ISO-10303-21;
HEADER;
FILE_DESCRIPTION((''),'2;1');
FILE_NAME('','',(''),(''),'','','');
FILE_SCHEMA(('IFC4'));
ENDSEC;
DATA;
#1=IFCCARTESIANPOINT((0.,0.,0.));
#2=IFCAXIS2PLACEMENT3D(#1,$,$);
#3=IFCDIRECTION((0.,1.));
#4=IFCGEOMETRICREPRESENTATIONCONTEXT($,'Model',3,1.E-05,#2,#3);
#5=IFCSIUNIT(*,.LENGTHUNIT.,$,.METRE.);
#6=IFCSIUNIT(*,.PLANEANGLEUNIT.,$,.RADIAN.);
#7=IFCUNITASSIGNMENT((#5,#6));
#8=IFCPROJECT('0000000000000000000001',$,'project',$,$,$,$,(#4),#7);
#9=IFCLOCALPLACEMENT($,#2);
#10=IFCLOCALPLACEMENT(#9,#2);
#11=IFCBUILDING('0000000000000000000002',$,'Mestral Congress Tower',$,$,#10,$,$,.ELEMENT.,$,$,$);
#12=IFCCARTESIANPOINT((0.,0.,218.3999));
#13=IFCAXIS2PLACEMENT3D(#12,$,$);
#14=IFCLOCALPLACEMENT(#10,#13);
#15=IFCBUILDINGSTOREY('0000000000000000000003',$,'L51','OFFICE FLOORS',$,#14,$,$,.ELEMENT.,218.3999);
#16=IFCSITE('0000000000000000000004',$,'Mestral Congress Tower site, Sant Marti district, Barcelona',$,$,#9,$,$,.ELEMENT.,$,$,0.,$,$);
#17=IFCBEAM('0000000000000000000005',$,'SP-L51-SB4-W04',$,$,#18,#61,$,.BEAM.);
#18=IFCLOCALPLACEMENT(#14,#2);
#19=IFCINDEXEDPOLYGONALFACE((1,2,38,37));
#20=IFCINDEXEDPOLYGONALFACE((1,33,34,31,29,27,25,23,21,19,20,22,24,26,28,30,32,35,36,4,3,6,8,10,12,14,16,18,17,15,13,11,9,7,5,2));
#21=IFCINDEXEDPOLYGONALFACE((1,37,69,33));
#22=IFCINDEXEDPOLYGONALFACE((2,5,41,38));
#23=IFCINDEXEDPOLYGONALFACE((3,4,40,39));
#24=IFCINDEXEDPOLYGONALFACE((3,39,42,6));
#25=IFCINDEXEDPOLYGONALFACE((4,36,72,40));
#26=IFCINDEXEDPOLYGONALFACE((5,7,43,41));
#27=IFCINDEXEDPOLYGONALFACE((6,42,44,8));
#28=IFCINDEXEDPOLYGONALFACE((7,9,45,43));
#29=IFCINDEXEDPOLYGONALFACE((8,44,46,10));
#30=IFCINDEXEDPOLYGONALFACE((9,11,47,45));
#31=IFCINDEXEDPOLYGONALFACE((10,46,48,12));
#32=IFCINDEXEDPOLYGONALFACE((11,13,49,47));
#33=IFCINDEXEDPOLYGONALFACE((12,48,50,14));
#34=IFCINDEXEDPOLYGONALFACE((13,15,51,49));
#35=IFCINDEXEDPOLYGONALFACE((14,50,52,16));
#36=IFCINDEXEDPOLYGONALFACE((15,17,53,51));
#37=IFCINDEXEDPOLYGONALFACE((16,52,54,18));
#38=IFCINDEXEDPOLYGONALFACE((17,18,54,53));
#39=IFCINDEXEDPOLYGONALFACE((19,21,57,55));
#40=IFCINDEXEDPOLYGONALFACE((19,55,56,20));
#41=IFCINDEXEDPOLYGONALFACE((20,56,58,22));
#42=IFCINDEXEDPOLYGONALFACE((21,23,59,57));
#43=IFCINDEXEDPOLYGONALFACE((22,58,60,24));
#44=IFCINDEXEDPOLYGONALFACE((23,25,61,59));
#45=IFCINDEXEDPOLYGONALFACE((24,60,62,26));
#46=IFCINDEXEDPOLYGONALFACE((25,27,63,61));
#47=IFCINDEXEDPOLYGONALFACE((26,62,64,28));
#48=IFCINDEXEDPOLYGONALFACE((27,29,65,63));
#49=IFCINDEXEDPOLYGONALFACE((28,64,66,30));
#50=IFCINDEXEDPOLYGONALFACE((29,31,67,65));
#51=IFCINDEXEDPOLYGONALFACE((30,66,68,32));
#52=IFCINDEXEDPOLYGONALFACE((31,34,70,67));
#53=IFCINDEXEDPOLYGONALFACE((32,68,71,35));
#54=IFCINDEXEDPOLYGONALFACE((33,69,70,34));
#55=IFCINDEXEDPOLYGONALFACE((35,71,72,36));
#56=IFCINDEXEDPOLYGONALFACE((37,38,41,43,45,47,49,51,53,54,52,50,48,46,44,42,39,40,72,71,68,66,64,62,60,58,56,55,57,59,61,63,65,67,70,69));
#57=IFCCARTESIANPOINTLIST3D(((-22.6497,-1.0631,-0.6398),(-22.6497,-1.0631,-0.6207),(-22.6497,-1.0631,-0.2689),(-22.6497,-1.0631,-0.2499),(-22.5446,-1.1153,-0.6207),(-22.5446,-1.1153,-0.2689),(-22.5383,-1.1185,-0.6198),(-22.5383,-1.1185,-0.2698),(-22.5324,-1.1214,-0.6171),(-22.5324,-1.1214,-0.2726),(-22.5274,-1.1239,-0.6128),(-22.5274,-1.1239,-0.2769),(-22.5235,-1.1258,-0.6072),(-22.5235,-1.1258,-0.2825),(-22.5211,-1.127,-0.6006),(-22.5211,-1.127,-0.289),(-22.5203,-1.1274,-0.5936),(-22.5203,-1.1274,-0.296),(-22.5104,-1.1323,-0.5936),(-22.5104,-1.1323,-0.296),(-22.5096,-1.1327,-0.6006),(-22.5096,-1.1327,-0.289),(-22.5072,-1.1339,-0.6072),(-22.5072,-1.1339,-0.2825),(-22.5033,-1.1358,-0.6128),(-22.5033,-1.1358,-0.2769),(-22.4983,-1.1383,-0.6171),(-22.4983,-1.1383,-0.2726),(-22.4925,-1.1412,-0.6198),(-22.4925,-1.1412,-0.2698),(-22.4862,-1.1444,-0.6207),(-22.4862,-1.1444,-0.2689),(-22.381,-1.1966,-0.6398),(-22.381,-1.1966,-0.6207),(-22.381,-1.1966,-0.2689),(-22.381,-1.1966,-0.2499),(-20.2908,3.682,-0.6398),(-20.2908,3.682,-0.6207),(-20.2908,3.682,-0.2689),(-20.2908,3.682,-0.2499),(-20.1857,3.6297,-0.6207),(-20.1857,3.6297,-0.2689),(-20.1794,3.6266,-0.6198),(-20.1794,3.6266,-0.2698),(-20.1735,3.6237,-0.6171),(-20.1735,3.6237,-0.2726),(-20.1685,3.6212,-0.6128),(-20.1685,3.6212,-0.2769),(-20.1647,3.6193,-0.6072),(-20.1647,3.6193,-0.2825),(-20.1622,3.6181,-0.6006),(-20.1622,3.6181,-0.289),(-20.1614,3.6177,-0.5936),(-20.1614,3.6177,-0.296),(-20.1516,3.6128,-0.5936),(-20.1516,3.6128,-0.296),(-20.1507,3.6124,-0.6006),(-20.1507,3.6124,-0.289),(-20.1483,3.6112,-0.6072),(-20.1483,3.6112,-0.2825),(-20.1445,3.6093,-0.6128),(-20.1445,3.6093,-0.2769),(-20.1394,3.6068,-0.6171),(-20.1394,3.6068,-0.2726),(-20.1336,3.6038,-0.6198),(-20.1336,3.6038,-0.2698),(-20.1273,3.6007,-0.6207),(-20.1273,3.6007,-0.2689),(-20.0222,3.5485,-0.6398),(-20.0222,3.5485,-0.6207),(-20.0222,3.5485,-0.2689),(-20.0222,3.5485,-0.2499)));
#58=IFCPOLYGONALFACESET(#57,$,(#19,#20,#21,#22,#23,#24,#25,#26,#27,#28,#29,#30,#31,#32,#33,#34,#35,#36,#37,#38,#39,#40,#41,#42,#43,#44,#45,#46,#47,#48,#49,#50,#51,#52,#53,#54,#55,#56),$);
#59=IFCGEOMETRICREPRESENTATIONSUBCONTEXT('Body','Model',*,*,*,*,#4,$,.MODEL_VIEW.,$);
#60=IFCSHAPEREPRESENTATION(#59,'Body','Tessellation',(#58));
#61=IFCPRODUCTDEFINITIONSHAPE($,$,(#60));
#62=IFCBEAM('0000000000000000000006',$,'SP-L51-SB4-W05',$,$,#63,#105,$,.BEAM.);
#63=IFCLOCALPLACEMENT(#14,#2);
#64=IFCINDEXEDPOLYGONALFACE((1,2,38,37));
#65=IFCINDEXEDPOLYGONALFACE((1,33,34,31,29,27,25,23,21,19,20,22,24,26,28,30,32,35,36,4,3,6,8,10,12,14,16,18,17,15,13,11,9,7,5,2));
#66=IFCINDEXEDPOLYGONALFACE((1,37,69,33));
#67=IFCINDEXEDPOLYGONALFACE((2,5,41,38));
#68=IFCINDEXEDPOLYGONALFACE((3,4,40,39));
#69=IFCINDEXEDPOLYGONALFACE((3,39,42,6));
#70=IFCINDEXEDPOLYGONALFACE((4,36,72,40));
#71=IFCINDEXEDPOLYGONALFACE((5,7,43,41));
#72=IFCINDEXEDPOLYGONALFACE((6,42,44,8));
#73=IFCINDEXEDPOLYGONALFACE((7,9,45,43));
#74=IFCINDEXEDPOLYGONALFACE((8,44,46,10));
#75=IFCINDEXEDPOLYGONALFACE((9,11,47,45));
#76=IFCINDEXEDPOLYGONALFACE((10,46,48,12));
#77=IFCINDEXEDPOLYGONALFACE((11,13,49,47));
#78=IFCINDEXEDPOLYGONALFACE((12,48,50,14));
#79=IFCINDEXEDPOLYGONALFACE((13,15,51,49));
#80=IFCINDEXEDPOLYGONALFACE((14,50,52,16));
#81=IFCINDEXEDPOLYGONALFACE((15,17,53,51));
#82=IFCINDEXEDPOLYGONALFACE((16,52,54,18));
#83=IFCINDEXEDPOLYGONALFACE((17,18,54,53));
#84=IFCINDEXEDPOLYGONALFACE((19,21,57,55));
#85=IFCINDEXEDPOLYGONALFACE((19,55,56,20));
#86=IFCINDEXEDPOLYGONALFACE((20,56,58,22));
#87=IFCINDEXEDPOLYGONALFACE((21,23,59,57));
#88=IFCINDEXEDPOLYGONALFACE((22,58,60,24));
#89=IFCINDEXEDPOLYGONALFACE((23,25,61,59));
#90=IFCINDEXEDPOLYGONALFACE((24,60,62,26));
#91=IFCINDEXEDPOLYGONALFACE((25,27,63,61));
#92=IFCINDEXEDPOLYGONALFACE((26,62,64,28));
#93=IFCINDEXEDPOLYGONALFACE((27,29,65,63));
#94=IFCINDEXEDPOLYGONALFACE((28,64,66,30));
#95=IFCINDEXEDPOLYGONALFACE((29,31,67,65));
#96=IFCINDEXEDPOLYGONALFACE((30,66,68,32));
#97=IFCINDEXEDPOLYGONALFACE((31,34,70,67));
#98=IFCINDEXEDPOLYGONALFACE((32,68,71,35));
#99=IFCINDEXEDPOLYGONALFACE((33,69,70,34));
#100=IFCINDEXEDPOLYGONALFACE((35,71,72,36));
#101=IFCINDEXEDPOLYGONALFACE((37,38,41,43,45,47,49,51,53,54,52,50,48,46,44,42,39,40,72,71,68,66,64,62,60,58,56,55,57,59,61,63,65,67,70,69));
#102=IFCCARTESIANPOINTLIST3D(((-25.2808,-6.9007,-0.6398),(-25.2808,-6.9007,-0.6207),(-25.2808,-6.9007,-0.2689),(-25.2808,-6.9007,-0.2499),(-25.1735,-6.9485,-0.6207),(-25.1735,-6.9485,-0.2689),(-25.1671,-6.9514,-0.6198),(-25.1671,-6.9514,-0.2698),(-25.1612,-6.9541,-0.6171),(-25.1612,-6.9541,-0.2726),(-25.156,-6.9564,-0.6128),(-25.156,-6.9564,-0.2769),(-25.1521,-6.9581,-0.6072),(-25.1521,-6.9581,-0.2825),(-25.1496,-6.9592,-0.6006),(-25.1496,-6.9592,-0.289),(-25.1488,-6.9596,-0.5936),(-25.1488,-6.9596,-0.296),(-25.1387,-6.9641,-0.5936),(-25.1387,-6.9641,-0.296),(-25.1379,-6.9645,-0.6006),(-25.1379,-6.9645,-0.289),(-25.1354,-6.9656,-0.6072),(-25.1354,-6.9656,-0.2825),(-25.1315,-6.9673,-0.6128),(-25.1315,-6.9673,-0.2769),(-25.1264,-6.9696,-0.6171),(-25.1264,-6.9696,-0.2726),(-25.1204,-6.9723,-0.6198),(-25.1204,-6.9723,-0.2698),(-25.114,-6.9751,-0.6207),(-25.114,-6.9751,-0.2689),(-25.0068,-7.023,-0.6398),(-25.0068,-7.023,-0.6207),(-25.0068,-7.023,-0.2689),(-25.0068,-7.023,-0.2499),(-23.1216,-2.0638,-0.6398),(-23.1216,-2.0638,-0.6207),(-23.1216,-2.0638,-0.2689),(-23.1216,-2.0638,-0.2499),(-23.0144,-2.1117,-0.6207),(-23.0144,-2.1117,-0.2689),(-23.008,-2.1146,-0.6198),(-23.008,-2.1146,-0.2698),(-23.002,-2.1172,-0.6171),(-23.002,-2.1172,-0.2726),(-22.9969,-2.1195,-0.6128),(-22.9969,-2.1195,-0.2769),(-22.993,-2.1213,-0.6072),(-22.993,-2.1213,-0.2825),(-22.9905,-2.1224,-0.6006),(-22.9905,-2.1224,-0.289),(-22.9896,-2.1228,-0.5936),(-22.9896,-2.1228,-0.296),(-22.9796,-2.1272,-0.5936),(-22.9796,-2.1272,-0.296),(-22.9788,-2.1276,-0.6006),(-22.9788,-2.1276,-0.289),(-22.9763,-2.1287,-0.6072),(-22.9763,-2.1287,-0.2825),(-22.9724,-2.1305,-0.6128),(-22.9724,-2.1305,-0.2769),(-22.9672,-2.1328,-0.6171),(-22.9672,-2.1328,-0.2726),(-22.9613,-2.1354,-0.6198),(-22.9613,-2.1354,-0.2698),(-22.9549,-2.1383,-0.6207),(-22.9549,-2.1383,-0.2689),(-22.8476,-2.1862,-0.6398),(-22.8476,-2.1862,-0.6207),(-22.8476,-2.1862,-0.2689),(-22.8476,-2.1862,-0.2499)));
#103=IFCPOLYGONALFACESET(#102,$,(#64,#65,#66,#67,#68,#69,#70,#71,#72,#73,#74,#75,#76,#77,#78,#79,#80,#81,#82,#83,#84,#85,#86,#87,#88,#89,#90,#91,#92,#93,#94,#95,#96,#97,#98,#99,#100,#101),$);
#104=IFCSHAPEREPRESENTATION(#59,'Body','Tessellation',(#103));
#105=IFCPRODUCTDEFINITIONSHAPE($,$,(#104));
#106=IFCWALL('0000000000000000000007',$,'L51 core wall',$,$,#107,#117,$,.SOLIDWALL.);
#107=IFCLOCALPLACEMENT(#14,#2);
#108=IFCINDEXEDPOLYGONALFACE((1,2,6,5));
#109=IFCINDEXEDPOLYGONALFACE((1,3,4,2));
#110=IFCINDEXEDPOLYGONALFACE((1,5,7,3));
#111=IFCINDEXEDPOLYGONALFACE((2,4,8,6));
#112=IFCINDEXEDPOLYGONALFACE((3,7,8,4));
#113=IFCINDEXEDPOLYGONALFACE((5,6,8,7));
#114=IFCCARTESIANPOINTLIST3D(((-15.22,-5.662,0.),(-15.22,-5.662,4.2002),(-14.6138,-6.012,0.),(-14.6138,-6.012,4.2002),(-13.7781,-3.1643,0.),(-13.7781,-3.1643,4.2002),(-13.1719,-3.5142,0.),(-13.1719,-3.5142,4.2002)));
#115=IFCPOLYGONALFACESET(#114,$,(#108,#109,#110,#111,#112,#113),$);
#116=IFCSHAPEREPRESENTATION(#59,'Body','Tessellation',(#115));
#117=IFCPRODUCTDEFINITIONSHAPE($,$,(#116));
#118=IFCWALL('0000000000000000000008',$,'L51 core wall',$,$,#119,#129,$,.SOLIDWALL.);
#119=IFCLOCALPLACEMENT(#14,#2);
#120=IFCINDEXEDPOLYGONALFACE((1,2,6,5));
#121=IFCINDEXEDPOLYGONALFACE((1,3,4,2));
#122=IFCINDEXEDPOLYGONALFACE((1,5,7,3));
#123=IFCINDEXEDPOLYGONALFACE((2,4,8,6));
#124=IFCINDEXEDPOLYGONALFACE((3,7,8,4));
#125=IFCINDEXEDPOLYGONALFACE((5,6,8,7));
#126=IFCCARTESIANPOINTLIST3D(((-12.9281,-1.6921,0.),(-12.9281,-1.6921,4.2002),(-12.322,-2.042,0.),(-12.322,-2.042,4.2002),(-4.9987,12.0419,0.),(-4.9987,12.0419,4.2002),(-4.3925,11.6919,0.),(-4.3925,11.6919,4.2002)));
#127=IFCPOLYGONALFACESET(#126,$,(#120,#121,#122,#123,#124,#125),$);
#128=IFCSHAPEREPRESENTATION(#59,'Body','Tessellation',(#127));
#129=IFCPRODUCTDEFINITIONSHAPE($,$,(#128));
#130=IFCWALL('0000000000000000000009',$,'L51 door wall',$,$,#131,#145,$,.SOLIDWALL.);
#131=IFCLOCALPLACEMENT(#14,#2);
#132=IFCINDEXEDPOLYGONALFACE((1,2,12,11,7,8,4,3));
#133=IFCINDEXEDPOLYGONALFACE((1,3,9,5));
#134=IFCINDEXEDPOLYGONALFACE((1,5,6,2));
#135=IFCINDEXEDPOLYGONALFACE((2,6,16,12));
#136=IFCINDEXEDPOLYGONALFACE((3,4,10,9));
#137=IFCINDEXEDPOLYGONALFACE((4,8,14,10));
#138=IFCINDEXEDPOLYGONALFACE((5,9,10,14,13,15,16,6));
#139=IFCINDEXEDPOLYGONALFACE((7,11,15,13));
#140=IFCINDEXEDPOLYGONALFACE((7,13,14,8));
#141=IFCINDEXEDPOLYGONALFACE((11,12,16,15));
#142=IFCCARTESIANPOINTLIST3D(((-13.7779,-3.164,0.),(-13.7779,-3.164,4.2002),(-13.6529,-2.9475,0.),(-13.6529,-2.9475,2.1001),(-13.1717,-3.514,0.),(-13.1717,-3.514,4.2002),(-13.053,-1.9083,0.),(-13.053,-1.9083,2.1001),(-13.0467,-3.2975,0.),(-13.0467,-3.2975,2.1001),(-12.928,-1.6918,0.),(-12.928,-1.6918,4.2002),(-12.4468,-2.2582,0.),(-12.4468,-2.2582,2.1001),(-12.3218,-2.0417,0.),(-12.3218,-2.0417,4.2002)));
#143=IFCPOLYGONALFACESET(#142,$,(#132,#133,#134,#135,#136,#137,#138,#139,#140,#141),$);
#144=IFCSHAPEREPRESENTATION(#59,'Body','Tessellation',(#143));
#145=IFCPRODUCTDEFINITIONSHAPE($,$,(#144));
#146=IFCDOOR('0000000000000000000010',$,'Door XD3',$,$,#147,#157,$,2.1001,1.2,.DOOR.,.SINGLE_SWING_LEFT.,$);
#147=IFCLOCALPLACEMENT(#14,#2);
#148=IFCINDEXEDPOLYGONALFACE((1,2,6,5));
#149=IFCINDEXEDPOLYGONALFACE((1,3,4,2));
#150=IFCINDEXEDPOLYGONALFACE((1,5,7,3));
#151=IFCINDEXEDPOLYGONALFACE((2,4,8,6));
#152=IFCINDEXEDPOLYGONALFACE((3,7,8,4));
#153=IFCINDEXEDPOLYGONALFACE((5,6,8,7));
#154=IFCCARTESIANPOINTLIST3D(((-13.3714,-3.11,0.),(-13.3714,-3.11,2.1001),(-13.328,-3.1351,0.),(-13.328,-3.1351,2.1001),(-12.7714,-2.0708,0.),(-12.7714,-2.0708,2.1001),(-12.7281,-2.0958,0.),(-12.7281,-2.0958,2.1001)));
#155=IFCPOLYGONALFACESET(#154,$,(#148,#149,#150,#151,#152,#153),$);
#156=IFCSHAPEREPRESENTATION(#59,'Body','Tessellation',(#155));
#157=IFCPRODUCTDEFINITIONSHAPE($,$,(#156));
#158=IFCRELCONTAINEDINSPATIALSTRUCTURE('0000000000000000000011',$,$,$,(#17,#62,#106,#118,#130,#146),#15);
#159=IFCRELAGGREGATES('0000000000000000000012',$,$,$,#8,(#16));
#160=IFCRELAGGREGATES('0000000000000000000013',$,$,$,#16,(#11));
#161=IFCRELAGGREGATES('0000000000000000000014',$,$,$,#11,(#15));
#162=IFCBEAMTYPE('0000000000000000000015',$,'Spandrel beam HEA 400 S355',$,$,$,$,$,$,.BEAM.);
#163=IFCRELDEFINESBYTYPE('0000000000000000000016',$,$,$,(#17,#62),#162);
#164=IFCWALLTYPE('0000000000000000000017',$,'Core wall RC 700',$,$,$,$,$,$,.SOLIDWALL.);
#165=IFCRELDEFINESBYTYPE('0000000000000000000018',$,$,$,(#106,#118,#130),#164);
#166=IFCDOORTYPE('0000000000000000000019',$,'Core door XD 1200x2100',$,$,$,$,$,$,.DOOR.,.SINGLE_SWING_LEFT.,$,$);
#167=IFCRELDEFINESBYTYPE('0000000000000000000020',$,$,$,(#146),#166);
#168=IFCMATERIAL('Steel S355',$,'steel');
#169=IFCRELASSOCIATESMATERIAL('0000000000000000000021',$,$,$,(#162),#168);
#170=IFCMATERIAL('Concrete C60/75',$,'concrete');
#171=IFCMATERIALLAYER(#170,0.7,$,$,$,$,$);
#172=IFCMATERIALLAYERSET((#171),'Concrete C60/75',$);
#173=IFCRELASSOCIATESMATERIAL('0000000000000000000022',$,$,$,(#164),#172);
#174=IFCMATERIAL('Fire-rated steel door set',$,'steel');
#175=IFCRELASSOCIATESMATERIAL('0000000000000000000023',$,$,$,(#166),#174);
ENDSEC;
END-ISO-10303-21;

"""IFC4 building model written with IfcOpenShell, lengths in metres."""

from ifc_helpers import new_model, si_unit, direction, frame, frame_2d, origin, origin_2d, place, context, subcontext, project, spatial, rectangle, i_section, extrude, material, layer, layer_set, material_profile, profile_set, type_object, element, fill, save


model = new_model("IFC4")

# Units and contexts
model_context = context("Model", 3, precision=1e-05, world=origin(), true_north=direction((0.0, 1.0)))
body_context = subcontext(model_context, "Body", "Model", "MODEL_VIEW")
ifc_project = project(units=[si_unit("LENGTHUNIT", "METRE"), si_unit("PLANEANGLEUNIT", "RADIAN")], contexts=[model_context])

# Site, building, storey
site_placement = place(None, origin())
site = spatial("IfcSite", under=ifc_project, at=site_placement, Name="Mestral Congress Tower site, Sant Marti district, Barcelona", CompositionType="ELEMENT", RefElevation=0.0)
building_placement = place(site_placement, origin())
building = spatial("IfcBuilding", under=site, at=building_placement, Name="Mestral Congress Tower", CompositionType="ELEMENT")
storey_placement = place(building_placement, frame((0.0, 0.0, 218.3999)))
storey = spatial("IfcBuildingStorey", under=building, at=storey_placement, Name="L51", Description="OFFICE FLOORS", CompositionType="ELEMENT", Elevation=218.3999)

# Shared definitions
ifc_material_1 = material(Name="Concrete C60/75", Category="concrete")

# Beams
ifc_material_2 = material(Name="Steel S355", Category="steel")
ifc_material_profile_1 = material_profile(ifc_material_2, i_section(OverallWidth=0.3, OverallDepth=0.3899, WebThickness=0.011, FlangeThickness=0.019, FilletRadius=0.0271, at=origin_2d()), Name="HEA 400")
ifc_profile_set_1 = profile_set([ifc_material_profile_1], Name="Steel S355")
beam_type_1 = type_object("IfcBeamType", Name="Spandrel beam HEA 400 S355", PredefinedType="BEAM", material=ifc_profile_set_1)
beam_1_placement = place(storey_placement, frame((-20.1565, 3.6152, -0.4448), z_axis=(-0.445148, -0.895457, 0.0), x_axis=(0.895457, -0.445148, 0.0)))
element("IfcBeam", 1, at=beam_1_placement, inside=storey, type_object=beam_type_1, Name="SP-L51-SB4-W04", PredefinedType="BEAM", context=body_context, shape_type="SweptSolid", body=[
    extrude(i_section(OverallWidth=0.3, OverallDepth=0.3899, WebThickness=0.011, FlangeThickness=0.019, FilletRadius=0.0271, at=origin_2d()), origin(), (0.0, 0.0, 1.0), 5.2991),
])
beam_2_placement = place(storey_placement, frame((-22.9846, -2.125, -0.4448), z_axis=(-0.407626, -0.913149, 0.0), x_axis=(0.913149, -0.407626, 0.0)))
element("IfcBeam", 2, at=beam_2_placement, inside=storey, type_object=beam_type_1, Name="SP-L51-SB4-W05", PredefinedType="BEAM", context=body_context, shape_type="SweptSolid", body=[
    extrude(i_section(OverallWidth=0.3, OverallDepth=0.3899, WebThickness=0.011, FlangeThickness=0.019, FilletRadius=0.0271, at=origin_2d()), origin(), (0.0, 0.0, 1.0), 5.2969),
])

# Walls
ifc_layer_1 = layer(ifc_material_1, 0.7)
ifc_layer_set_1 = layer_set([ifc_layer_1], Name="Concrete C60/75")
wall_type_1 = type_object("IfcWallType", Name="Core wall RC 700", PredefinedType="SOLIDWALL", material=ifc_layer_set_1)
wall_1_placement = place(storey_placement, frame((-13.4751, -3.3394, 0.0), z_axis=(0.0, 0.0, 1.0), x_axis=(-0.499945, -0.866057, 0.0)))
element("IfcWall", 3, at=wall_1_placement, inside=storey, type_object=wall_type_1, Name="L51 core wall", PredefinedType="SOLIDWALL", context=body_context, shape_type="SweptSolid", body=[
    extrude(rectangle(XDim=2.884, YDim=0.7, at=frame_2d((1.4419, 0.0))), origin(), (0.0, 0.0, 1.0), 4.2002),
])
wall_2_placement = place(storey_placement, frame((-12.625, -1.8669, 0.0), z_axis=(0.0, 0.0, 1.0), x_axis=(0.500009, 0.86602, 0.0)))
element("IfcWall", 4, at=wall_2_placement, inside=storey, type_object=wall_type_1, Name="L51 core wall", PredefinedType="SOLIDWALL", context=body_context, shape_type="SweptSolid", body=[
    extrude(rectangle(XDim=15.8586, YDim=0.7, at=frame_2d((7.9292, 0.0))), origin(), (0.0, 0.0, 1.0), 4.2002),
])

# Wall, opening, door
wall_3_placement = place(storey_placement, frame((-13.4749, -3.3391, 0.0), z_axis=(0.0, 0.0, 1.0), x_axis=(0.499955, 0.866052, 0.0)))
wall_3 = element("IfcWall", 5, at=wall_3_placement, inside=storey, type_object=wall_type_1, Name="L51 door wall", PredefinedType="SOLIDWALL", context=body_context, shape_type="SweptSolid", body=[
    extrude(rectangle(XDim=1.7, YDim=0.7, at=frame_2d((0.8501, 0.0))), origin(), (0.0, 0.0, 1.0), 4.2002),
])
opening_1_placement = place(wall_3_placement, frame((0.25, 0.0, 0.0)))
opening_1 = element("IfcOpeningElement", 6, at=opening_1_placement, cuts=wall_3, PredefinedType="OPENING", context=body_context, shape_type="SweptSolid", body=[
    extrude(rectangle(XDim=1.2, YDim=2.1001, at=frame_2d((0.6001, 1.05))), frame((0.0, 0.3599, 0.0), z_axis=(0.0, -1.0, 0.0), x_axis=(1.0, 0.0, 0.0)), (0.0, 0.0, 1.0), 0.72),
])
ifc_material_3 = material(Name="Fire-rated steel door set", Category="steel")
door_type_1 = type_object("IfcDoorType", Name="Core door XD 1200x2100", OperationType="SINGLE_SWING_LEFT", PredefinedType="DOOR", material=ifc_material_3)
door_1_placement = place(opening_1_placement, origin())
door_1 = element("IfcDoor", 7, at=door_1_placement, inside=storey, type_object=door_type_1, Name="Door XD3", OperationType="SINGLE_SWING_LEFT", OverallHeight=2.1001, OverallWidth=1.2, PredefinedType="DOOR", context=body_context, shape_type="SweptSolid", body=[
    extrude(rectangle(XDim=1.2, YDim=2.1001, at=frame_2d((0.6001, 1.05))), frame((0.0, 0.0249, 0.0), z_axis=(0.0, -1.0, 0.0), x_axis=(1.0, 0.0, 0.0)), (0.0, 0.0, 1.0), 0.05),
])
fill(opening_1, door_1)

save(model, "model.ifc")
